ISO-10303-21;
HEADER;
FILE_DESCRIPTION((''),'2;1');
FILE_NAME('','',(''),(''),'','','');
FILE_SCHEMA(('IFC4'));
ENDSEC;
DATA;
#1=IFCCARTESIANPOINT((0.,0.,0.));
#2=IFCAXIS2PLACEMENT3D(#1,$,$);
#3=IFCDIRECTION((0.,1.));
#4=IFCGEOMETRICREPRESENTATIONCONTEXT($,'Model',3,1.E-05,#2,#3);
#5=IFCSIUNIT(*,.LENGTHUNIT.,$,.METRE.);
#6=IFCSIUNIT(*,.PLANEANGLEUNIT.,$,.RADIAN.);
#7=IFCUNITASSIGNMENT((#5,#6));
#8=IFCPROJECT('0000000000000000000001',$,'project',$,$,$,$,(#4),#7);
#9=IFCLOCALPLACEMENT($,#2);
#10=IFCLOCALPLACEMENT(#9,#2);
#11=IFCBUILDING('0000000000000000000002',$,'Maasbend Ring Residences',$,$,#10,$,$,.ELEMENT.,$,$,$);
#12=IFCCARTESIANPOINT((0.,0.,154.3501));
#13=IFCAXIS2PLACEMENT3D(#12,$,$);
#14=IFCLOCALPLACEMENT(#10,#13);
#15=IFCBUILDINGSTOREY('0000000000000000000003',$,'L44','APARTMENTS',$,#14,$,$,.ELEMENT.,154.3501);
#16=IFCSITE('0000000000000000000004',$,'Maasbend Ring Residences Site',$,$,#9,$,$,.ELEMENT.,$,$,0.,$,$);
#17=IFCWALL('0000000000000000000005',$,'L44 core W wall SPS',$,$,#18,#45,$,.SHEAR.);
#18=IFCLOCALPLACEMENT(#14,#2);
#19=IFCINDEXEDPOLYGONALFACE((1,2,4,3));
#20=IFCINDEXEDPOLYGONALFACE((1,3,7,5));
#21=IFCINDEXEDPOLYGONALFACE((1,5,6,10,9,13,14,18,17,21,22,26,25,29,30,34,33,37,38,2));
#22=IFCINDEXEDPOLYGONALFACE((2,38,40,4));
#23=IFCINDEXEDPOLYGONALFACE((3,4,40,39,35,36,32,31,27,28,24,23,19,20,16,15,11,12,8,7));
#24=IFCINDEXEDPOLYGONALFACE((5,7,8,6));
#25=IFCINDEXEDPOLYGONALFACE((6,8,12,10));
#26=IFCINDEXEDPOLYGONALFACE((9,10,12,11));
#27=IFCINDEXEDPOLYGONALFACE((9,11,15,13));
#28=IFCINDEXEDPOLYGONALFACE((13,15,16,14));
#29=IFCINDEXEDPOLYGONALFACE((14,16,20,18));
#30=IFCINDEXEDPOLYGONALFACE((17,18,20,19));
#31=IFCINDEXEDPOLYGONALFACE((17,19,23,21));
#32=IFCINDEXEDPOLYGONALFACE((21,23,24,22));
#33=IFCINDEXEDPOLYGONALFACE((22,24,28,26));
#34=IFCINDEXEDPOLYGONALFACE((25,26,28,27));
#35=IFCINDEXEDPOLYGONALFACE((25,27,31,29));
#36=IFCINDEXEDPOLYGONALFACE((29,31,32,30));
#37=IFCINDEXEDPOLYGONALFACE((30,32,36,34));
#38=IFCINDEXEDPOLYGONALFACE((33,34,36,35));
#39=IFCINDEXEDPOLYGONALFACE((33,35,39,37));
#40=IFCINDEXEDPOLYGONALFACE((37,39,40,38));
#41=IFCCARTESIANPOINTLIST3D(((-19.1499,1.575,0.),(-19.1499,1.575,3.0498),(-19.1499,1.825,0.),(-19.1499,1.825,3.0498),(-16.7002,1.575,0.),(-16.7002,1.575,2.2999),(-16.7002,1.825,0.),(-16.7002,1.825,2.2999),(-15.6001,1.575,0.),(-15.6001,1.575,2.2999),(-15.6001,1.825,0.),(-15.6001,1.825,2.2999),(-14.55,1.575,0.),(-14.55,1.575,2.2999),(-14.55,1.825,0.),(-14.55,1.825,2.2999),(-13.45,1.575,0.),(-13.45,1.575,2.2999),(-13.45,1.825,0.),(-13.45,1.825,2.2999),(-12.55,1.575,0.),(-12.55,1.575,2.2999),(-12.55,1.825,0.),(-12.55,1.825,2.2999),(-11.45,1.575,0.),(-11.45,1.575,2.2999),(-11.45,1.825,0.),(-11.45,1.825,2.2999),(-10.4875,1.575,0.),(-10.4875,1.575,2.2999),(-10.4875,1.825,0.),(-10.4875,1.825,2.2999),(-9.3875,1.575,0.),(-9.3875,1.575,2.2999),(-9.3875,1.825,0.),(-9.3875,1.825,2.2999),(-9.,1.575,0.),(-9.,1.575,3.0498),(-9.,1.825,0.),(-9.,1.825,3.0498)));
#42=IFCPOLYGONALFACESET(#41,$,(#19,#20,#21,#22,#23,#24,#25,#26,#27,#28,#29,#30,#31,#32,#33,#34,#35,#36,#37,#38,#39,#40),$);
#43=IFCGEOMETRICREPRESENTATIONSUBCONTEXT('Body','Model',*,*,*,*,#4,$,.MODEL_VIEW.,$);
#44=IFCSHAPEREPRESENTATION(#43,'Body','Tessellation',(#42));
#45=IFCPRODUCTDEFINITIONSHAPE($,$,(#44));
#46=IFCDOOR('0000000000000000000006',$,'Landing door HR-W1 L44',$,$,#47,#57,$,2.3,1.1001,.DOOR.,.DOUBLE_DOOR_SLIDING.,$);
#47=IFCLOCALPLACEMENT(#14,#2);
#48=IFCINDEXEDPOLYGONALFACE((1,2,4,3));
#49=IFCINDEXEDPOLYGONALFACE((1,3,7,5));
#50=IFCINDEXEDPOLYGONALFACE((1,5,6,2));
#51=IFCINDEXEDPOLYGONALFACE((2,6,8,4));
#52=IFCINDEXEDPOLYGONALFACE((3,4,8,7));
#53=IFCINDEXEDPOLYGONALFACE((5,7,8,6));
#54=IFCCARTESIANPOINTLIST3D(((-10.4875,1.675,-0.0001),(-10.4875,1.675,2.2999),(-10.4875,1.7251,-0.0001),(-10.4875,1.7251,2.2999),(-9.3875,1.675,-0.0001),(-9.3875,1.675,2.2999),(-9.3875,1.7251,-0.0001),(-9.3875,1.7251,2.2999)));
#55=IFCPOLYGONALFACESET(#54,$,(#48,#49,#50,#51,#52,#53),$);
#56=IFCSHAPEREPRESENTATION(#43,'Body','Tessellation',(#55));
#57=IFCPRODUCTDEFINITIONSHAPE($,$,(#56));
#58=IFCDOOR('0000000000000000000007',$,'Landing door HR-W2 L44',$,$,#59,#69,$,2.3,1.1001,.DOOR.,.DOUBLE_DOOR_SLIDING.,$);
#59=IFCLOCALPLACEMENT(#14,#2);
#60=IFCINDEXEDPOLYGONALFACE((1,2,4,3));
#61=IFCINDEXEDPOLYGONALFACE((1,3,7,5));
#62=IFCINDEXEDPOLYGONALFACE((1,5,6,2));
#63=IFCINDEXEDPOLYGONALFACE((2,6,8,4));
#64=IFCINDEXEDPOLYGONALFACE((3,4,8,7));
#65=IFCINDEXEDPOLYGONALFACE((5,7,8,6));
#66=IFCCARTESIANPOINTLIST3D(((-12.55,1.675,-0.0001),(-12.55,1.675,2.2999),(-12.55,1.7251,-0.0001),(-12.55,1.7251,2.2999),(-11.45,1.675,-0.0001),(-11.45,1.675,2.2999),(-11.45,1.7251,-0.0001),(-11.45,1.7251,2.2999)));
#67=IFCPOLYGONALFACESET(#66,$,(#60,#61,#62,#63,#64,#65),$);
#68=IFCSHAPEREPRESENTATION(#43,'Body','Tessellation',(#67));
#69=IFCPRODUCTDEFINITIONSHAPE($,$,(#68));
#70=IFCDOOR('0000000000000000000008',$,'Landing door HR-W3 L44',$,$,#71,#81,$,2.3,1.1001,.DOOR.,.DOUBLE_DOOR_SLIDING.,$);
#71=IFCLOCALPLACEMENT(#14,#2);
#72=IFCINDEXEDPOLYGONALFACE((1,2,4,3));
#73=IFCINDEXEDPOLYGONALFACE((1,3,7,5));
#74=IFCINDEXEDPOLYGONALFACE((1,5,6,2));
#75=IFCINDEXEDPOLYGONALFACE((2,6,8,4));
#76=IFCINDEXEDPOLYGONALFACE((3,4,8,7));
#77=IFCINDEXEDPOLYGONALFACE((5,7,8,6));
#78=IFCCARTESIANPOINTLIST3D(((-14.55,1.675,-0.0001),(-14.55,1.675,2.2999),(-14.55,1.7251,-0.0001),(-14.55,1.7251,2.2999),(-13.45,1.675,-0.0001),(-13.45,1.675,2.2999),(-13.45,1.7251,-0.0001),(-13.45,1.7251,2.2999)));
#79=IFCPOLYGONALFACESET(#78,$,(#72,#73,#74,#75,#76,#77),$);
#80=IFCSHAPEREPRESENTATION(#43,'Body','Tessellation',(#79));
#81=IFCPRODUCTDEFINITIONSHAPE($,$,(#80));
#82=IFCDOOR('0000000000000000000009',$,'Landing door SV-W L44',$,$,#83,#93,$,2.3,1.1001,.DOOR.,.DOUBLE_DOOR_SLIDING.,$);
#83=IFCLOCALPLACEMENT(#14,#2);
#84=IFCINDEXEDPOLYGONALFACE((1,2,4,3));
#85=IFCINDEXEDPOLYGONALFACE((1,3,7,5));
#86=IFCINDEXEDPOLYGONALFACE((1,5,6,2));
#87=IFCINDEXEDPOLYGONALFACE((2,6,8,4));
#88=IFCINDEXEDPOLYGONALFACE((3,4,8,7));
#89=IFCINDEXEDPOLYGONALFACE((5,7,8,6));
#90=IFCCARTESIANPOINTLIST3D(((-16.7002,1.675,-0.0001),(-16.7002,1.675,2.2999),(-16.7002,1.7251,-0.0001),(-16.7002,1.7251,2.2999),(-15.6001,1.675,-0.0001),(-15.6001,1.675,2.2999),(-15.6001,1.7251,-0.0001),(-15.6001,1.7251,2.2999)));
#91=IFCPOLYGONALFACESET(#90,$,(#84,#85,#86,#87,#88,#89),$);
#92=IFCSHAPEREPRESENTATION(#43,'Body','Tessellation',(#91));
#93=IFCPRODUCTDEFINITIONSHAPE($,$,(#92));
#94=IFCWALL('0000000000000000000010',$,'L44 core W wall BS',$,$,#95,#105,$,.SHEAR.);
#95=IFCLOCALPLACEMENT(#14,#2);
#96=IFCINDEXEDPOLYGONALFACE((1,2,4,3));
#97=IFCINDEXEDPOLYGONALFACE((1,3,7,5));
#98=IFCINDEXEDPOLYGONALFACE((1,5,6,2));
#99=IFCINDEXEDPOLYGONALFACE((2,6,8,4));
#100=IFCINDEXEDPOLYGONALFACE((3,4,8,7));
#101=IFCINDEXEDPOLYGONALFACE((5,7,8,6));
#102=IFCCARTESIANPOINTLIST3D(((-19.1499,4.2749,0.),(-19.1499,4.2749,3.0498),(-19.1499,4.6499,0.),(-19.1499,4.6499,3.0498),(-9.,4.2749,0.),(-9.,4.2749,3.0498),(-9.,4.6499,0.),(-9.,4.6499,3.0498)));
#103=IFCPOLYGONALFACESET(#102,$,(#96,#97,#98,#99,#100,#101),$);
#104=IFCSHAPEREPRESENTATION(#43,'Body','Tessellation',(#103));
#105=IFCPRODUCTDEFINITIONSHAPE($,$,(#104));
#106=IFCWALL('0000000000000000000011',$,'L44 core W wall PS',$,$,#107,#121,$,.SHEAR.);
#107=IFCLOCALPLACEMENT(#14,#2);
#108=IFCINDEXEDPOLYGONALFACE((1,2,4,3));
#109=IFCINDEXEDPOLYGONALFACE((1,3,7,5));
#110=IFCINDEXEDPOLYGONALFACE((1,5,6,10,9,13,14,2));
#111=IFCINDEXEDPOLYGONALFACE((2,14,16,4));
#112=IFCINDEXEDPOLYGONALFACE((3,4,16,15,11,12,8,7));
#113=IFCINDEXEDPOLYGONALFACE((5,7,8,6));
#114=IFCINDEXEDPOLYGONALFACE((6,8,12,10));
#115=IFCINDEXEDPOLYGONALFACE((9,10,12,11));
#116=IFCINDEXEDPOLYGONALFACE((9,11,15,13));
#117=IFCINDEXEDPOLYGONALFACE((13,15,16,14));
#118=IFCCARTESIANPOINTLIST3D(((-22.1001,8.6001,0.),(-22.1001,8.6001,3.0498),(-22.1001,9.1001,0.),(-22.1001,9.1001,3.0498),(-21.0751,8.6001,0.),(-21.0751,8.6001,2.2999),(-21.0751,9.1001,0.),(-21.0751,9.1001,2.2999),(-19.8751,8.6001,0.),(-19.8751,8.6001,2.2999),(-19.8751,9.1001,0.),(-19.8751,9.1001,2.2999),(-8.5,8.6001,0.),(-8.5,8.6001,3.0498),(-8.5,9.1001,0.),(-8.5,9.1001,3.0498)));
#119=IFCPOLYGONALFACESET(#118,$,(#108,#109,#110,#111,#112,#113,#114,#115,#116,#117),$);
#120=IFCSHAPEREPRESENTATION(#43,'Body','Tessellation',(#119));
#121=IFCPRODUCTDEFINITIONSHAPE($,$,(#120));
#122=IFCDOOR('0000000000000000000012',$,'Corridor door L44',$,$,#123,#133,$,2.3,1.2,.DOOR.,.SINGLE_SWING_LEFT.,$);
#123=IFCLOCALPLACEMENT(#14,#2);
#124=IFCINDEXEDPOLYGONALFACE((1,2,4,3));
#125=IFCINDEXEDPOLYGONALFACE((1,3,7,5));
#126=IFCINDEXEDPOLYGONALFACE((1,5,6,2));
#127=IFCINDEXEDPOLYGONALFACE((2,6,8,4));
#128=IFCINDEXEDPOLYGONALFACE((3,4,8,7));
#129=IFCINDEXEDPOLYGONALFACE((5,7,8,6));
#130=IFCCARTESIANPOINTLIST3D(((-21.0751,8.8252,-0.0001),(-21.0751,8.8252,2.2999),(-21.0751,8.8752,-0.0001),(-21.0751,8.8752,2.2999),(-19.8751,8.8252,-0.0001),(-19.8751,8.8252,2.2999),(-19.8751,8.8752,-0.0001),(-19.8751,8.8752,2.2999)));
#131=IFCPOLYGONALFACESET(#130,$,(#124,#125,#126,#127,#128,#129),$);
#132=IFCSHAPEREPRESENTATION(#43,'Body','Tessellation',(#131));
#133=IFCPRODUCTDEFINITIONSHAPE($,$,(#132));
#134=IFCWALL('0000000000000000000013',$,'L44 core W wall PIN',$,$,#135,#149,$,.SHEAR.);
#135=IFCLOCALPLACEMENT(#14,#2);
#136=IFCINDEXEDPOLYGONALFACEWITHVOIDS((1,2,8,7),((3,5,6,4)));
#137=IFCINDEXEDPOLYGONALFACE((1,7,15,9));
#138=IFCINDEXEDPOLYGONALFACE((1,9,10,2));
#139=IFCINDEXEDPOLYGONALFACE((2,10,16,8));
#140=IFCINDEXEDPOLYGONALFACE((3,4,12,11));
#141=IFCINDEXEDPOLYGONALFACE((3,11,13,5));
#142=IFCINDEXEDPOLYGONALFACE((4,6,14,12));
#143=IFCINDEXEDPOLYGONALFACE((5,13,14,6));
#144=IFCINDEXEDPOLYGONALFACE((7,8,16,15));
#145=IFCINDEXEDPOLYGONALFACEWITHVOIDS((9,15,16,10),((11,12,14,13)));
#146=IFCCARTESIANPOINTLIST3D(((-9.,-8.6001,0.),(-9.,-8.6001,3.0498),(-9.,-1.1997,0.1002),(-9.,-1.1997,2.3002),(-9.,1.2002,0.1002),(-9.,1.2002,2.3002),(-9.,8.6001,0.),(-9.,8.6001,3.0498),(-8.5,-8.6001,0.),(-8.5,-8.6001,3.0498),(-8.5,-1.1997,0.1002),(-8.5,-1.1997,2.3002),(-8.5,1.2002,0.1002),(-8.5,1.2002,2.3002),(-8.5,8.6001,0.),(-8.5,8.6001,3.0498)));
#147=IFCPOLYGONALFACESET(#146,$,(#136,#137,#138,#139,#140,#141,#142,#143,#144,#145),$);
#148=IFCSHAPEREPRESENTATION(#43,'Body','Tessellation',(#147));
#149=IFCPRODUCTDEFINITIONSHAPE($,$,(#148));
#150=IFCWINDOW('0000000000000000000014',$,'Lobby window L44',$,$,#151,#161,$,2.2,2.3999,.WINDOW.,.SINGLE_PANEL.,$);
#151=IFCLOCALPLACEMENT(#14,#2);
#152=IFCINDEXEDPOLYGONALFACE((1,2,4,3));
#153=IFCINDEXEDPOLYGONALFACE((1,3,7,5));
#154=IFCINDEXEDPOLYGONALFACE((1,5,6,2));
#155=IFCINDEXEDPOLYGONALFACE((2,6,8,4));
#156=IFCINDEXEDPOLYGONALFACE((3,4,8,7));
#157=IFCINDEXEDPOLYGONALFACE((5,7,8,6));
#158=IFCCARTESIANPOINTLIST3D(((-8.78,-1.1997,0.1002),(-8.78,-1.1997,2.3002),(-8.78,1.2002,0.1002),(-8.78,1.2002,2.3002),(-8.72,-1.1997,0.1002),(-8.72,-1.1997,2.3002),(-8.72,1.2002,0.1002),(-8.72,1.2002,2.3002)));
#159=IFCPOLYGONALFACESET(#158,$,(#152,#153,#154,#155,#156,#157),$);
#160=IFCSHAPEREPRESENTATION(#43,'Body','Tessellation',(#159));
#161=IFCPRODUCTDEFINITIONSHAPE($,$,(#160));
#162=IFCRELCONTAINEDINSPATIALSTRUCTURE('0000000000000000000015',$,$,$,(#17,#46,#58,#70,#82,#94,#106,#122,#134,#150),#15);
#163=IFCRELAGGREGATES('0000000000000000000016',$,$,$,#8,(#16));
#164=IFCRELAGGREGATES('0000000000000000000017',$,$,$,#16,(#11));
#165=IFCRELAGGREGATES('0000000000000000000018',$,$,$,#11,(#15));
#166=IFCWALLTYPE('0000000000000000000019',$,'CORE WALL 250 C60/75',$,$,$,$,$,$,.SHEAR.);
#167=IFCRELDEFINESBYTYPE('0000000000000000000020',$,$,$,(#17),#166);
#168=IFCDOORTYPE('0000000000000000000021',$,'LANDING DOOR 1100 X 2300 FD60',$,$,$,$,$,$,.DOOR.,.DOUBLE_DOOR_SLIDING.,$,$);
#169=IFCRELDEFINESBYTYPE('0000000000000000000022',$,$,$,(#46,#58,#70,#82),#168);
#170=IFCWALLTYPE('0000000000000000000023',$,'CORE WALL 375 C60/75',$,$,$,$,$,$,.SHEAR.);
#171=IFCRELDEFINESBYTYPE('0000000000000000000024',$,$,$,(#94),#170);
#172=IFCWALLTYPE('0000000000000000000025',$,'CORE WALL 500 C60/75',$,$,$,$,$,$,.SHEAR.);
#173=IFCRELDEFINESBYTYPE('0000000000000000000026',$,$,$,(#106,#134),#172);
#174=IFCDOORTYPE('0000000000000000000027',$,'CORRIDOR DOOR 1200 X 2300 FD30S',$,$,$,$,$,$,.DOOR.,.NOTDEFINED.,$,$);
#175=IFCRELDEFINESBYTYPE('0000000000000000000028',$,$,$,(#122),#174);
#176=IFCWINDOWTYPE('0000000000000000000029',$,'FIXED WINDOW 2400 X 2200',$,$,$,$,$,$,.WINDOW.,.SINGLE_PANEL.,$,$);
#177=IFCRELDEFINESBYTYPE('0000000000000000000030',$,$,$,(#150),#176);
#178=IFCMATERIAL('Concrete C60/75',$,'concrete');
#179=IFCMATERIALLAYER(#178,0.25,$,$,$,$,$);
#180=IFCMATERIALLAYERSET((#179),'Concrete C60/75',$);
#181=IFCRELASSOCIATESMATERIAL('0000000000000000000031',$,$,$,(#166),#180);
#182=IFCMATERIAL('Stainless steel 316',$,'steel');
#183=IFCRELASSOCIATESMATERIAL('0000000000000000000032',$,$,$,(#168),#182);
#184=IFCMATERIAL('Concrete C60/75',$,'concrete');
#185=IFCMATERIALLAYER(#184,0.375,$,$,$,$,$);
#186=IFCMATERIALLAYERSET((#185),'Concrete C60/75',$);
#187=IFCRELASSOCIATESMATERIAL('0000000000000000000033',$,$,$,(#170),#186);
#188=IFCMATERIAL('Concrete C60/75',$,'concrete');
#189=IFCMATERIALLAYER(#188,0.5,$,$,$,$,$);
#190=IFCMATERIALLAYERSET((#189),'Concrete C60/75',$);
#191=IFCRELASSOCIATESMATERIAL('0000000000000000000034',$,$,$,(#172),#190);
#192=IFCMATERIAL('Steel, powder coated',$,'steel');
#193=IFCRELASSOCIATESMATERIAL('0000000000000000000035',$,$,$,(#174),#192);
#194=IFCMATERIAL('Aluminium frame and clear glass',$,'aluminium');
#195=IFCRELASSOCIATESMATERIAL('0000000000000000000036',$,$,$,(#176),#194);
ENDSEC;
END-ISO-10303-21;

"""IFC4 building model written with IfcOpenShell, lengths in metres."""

from ifc_helpers import new_model, si_unit, direction, frame, frame_2d, origin, place, context, subcontext, project, spatial, rectangle, extrude, material, layer, layer_set, type_object, element, fill, save


model = new_model("IFC4")

# Units and contexts
model_context = context("Model", 3, precision=1e-05, world=origin(), true_north=direction((0.0, 1.0)))
body_context = subcontext(model_context, "Body", "Model", "MODEL_VIEW")
ifc_project = project(units=[si_unit("LENGTHUNIT", "METRE"), si_unit("PLANEANGLEUNIT", "RADIAN")], contexts=[model_context])

# Site, building, storey
site_placement = place(None, origin())
site = spatial("IfcSite", under=ifc_project, at=site_placement, Name="Maasbend Ring Residences Site", CompositionType="ELEMENT", RefElevation=0.0)
building_placement = place(site_placement, origin())
building = spatial("IfcBuilding", under=site, at=building_placement, Name="Maasbend Ring Residences", CompositionType="ELEMENT")
storey_placement = place(building_placement, frame((0.0, 0.0, 154.3501)))
storey = spatial("IfcBuildingStorey", under=building, at=storey_placement, Name="L44", Description="APARTMENTS", CompositionType="ELEMENT", Elevation=154.3501)

# Wall, openings, doors
ifc_material_1 = material(Name="Concrete C60/75", Category="concrete")
ifc_layer_1 = layer(ifc_material_1, 0.25)
ifc_layer_set_1 = layer_set([ifc_layer_1], Name="Concrete C60/75")
wall_type_1 = type_object("IfcWallType", Name="CORE WALL 250 C60/75", PredefinedType="SHEAR", material=ifc_layer_set_1)
wall_1_placement = place(storey_placement, frame((-9.0, 1.7, 0.0), z_axis=(0.0, 0.0, 1.0), x_axis=(-1.0, 0.0, 0.0)))
wall_1 = element("IfcWall", 1, at=wall_1_placement, inside=storey, type_object=wall_type_1, Name="L44 core W wall SPS", PredefinedType="SHEAR", context=body_context, shape_type="SweptSolid", body=[
    extrude(rectangle(XDim=10.1499, YDim=0.25, at=frame_2d((5.075, 0.0))), origin(), (0.0, 0.0, 1.0), 3.0498),
])
opening_1_placement = place(wall_1_placement, frame((0.3875, 0.0, 0.0)))
opening_1 = element("IfcOpeningElement", 2, at=opening_1_placement, cuts=wall_1, PredefinedType="OPENING", context=body_context, shape_type="SweptSolid", body=[
    extrude(rectangle(XDim=1.1001, YDim=2.3, at=frame_2d((0.55, 1.1499))), frame((0.0, 0.135, 0.0), z_axis=(0.0, -1.0, 0.0), x_axis=(1.0, 0.0, 0.0)), (0.0, 0.0, 1.0), 0.27),
])
opening_2_placement = place(wall_1_placement, frame((2.45, 0.0, 0.0)))
opening_2 = element("IfcOpeningElement", 3, at=opening_2_placement, cuts=wall_1, PredefinedType="OPENING", context=body_context, shape_type="SweptSolid", body=[
    extrude(rectangle(XDim=1.1001, YDim=2.3, at=frame_2d((0.55, 1.1499))), frame((0.0, 0.135, 0.0), z_axis=(0.0, -1.0, 0.0), x_axis=(1.0, 0.0, 0.0)), (0.0, 0.0, 1.0), 0.27),
])
opening_3_placement = place(wall_1_placement, frame((4.45, 0.0, 0.0)))
opening_3 = element("IfcOpeningElement", 4, at=opening_3_placement, cuts=wall_1, PredefinedType="OPENING", context=body_context, shape_type="SweptSolid", body=[
    extrude(rectangle(XDim=1.1001, YDim=2.3, at=frame_2d((0.55, 1.1499))), frame((0.0, 0.135, 0.0), z_axis=(0.0, -1.0, 0.0), x_axis=(1.0, 0.0, 0.0)), (0.0, 0.0, 1.0), 0.27),
])
opening_4_placement = place(wall_1_placement, frame((6.6001, 0.0, 0.0)))
opening_4 = element("IfcOpeningElement", 5, at=opening_4_placement, cuts=wall_1, PredefinedType="OPENING", context=body_context, shape_type="SweptSolid", body=[
    extrude(rectangle(XDim=1.1001, YDim=2.3, at=frame_2d((0.55, 1.1499))), frame((0.0, 0.135, 0.0), z_axis=(0.0, -1.0, 0.0), x_axis=(1.0, 0.0, 0.0)), (0.0, 0.0, 1.0), 0.27),
])
ifc_material_2 = material(Name="Stainless steel 316", Category="steel")
door_type_1 = type_object("IfcDoorType", Name="LANDING DOOR 1100 X 2300 FD60", OperationType="DOUBLE_DOOR_SLIDING", PredefinedType="DOOR", material=ifc_material_2)
door_1_placement = place(opening_1_placement, origin())
door_1 = element("IfcDoor", 6, at=door_1_placement, inside=storey, type_object=door_type_1, Name="Landing door HR-W1 L44", OperationType="DOUBLE_DOOR_SLIDING", OverallHeight=2.3, OverallWidth=1.1001, PredefinedType="DOOR", context=body_context, shape_type="SweptSolid", body=[
    extrude(rectangle(XDim=1.1001, YDim=2.3, at=frame_2d((0.55, 1.1499))), frame((0.0, 0.0249, 0.0), z_axis=(0.0, -1.0, 0.0), x_axis=(1.0, 0.0, 0.0)), (0.0, 0.0, 1.0), 0.05),
])
fill(opening_1, door_1)
door_2_placement = place(opening_2_placement, origin())
door_2 = element("IfcDoor", 7, at=door_2_placement, inside=storey, type_object=door_type_1, Name="Landing door HR-W2 L44", OperationType="DOUBLE_DOOR_SLIDING", OverallHeight=2.3, OverallWidth=1.1001, PredefinedType="DOOR", context=body_context, shape_type="SweptSolid", body=[
    extrude(rectangle(XDim=1.1001, YDim=2.3, at=frame_2d((0.55, 1.1499))), frame((0.0, 0.0249, 0.0), z_axis=(0.0, -1.0, 0.0), x_axis=(1.0, 0.0, 0.0)), (0.0, 0.0, 1.0), 0.05),
])
fill(opening_2, door_2)
door_3_placement = place(opening_3_placement, origin())
door_3 = element("IfcDoor", 8, at=door_3_placement, inside=storey, type_object=door_type_1, Name="Landing door HR-W3 L44", OperationType="DOUBLE_DOOR_SLIDING", OverallHeight=2.3, OverallWidth=1.1001, PredefinedType="DOOR", context=body_context, shape_type="SweptSolid", body=[
    extrude(rectangle(XDim=1.1001, YDim=2.3, at=frame_2d((0.55, 1.1499))), frame((0.0, 0.0249, 0.0), z_axis=(0.0, -1.0, 0.0), x_axis=(1.0, 0.0, 0.0)), (0.0, 0.0, 1.0), 0.05),
])
fill(opening_3, door_3)
door_4_placement = place(opening_4_placement, origin())
door_4 = element("IfcDoor", 9, at=door_4_placement, inside=storey, type_object=door_type_1, Name="Landing door SV-W L44", OperationType="DOUBLE_DOOR_SLIDING", OverallHeight=2.3, OverallWidth=1.1001, PredefinedType="DOOR", context=body_context, shape_type="SweptSolid", body=[
    extrude(rectangle(XDim=1.1001, YDim=2.3, at=frame_2d((0.55, 1.1499))), frame((0.0, 0.0249, 0.0), z_axis=(0.0, -1.0, 0.0), x_axis=(1.0, 0.0, 0.0)), (0.0, 0.0, 1.0), 0.05),
])
fill(opening_4, door_4)

# Wall
ifc_material_3 = material(Name="Concrete C60/75", Category="concrete")
ifc_layer_2 = layer(ifc_material_3, 0.375)
ifc_layer_set_2 = layer_set([ifc_layer_2], Name="Concrete C60/75")
wall_type_2 = type_object("IfcWallType", Name="CORE WALL 375 C60/75", PredefinedType="SHEAR", material=ifc_layer_set_2)
wall_2_placement = place(storey_placement, frame((-9.0, 4.4624, 0.0), z_axis=(0.0, 0.0, 1.0), x_axis=(-1.0, 0.0, 0.0)))
element("IfcWall", 10, at=wall_2_placement, inside=storey, type_object=wall_type_2, Name="L44 core W wall BS", PredefinedType="SHEAR", context=body_context, shape_type="SweptSolid", body=[
    extrude(rectangle(XDim=10.1499, YDim=0.375, at=frame_2d((5.075, 0.0))), origin(), (0.0, 0.0, 1.0), 3.0498),
])

# Wall, opening, door
ifc_material_4 = material(Name="Concrete C60/75", Category="concrete")
ifc_layer_3 = layer(ifc_material_4, 0.5)
ifc_layer_set_3 = layer_set([ifc_layer_3], Name="Concrete C60/75")
wall_type_3 = type_object("IfcWallType", Name="CORE WALL 500 C60/75", PredefinedType="SHEAR", material=ifc_layer_set_3)
wall_3_placement = place(storey_placement, frame((-8.5, 8.8501, 0.0), z_axis=(0.0, 0.0, 1.0), x_axis=(-1.0, 0.0, 0.0)))
wall_3 = element("IfcWall", 11, at=wall_3_placement, inside=storey, type_object=wall_type_3, Name="L44 core W wall PS", PredefinedType="SHEAR", context=body_context, shape_type="SweptSolid", body=[
    extrude(rectangle(XDim=13.6001, YDim=0.5, at=frame_2d((6.8, 0.0))), origin(), (0.0, 0.0, 1.0), 3.0498),
])
opening_5_placement = place(wall_3_placement, frame((11.375, 0.0, 0.0)))
opening_5 = element("IfcOpeningElement", 12, at=opening_5_placement, cuts=wall_3, PredefinedType="OPENING", context=body_context, shape_type="SweptSolid", body=[
    extrude(rectangle(XDim=1.2, YDim=2.3, at=frame_2d((0.6001, 1.1499))), frame((0.0, 0.26, 0.0), z_axis=(0.0, -1.0, 0.0), x_axis=(1.0, 0.0, 0.0)), (0.0, 0.0, 1.0), 0.52),
])
ifc_material_5 = material(Name="Steel, powder coated", Category="steel")
door_type_2 = type_object("IfcDoorType", Name="CORRIDOR DOOR 1200 X 2300 FD30S", OperationType="NOTDEFINED", PredefinedType="DOOR", material=ifc_material_5)
door_5_placement = place(opening_5_placement, origin())
door_5 = element("IfcDoor", 13, at=door_5_placement, inside=storey, type_object=door_type_2, Name="Corridor door L44", OperationType="SINGLE_SWING_LEFT", OverallHeight=2.3, OverallWidth=1.2, PredefinedType="DOOR", context=body_context, shape_type="SweptSolid", body=[
    extrude(rectangle(XDim=1.2, YDim=2.3, at=frame_2d((0.6001, 1.1499))), frame((0.0, 0.0249, 0.0), z_axis=(0.0, -1.0, 0.0), x_axis=(1.0, 0.0, 0.0)), (0.0, 0.0, 1.0), 0.05),
])
fill(opening_5, door_5)

# Wall, opening, window
wall_4_placement = place(storey_placement, frame((-8.75, 8.6001, 0.0), z_axis=(0.0, 0.0, 1.0), x_axis=(0.0, -1.0, 0.0)))
wall_4 = element("IfcWall", 14, at=wall_4_placement, inside=storey, type_object=wall_type_3, Name="L44 core W wall PIN", PredefinedType="SHEAR", context=body_context, shape_type="SweptSolid", body=[
    extrude(rectangle(XDim=17.2002, YDim=0.5, at=frame_2d((8.6001, 0.0))), origin(), (0.0, 0.0, 1.0), 3.0498),
])
opening_6_placement = place(wall_4_placement, frame((7.3999, 0.0, 0.1001)))
opening_6 = element("IfcOpeningElement", 15, at=opening_6_placement, cuts=wall_4, PredefinedType="OPENING", context=body_context, shape_type="SweptSolid", body=[
    extrude(rectangle(XDim=2.3999, YDim=2.2, at=frame_2d((1.2, 1.1001))), frame((0.0, 0.26, 0.0), z_axis=(0.0, -1.0, 0.0), x_axis=(1.0, 0.0, 0.0)), (0.0, 0.0, 1.0), 0.52),
])
ifc_material_6 = material(Name="Aluminium frame and clear glass", Category="aluminium")
window_type = type_object("IfcWindowType", Name="FIXED WINDOW 2400 X 2200", PartitioningType="SINGLE_PANEL", PredefinedType="WINDOW", material=ifc_material_6)
window_placement = place(opening_6_placement, origin())
window = element("IfcWindow", 16, at=window_placement, inside=storey, type_object=window_type, Name="Lobby window L44", OverallHeight=2.2, OverallWidth=2.3999, PartitioningType="SINGLE_PANEL", PredefinedType="WINDOW", context=body_context, shape_type="SweptSolid", body=[
    extrude(rectangle(XDim=2.3999, YDim=2.2, at=frame_2d((1.2, 1.1001))), frame((0.0, 0.03, 0.0), z_axis=(0.0, -1.0, 0.0), x_axis=(1.0, 0.0, 0.0)), (0.0, 0.0, 1.0), 0.0601),
])
fill(opening_6, window)

save(model, "model.ifc")
